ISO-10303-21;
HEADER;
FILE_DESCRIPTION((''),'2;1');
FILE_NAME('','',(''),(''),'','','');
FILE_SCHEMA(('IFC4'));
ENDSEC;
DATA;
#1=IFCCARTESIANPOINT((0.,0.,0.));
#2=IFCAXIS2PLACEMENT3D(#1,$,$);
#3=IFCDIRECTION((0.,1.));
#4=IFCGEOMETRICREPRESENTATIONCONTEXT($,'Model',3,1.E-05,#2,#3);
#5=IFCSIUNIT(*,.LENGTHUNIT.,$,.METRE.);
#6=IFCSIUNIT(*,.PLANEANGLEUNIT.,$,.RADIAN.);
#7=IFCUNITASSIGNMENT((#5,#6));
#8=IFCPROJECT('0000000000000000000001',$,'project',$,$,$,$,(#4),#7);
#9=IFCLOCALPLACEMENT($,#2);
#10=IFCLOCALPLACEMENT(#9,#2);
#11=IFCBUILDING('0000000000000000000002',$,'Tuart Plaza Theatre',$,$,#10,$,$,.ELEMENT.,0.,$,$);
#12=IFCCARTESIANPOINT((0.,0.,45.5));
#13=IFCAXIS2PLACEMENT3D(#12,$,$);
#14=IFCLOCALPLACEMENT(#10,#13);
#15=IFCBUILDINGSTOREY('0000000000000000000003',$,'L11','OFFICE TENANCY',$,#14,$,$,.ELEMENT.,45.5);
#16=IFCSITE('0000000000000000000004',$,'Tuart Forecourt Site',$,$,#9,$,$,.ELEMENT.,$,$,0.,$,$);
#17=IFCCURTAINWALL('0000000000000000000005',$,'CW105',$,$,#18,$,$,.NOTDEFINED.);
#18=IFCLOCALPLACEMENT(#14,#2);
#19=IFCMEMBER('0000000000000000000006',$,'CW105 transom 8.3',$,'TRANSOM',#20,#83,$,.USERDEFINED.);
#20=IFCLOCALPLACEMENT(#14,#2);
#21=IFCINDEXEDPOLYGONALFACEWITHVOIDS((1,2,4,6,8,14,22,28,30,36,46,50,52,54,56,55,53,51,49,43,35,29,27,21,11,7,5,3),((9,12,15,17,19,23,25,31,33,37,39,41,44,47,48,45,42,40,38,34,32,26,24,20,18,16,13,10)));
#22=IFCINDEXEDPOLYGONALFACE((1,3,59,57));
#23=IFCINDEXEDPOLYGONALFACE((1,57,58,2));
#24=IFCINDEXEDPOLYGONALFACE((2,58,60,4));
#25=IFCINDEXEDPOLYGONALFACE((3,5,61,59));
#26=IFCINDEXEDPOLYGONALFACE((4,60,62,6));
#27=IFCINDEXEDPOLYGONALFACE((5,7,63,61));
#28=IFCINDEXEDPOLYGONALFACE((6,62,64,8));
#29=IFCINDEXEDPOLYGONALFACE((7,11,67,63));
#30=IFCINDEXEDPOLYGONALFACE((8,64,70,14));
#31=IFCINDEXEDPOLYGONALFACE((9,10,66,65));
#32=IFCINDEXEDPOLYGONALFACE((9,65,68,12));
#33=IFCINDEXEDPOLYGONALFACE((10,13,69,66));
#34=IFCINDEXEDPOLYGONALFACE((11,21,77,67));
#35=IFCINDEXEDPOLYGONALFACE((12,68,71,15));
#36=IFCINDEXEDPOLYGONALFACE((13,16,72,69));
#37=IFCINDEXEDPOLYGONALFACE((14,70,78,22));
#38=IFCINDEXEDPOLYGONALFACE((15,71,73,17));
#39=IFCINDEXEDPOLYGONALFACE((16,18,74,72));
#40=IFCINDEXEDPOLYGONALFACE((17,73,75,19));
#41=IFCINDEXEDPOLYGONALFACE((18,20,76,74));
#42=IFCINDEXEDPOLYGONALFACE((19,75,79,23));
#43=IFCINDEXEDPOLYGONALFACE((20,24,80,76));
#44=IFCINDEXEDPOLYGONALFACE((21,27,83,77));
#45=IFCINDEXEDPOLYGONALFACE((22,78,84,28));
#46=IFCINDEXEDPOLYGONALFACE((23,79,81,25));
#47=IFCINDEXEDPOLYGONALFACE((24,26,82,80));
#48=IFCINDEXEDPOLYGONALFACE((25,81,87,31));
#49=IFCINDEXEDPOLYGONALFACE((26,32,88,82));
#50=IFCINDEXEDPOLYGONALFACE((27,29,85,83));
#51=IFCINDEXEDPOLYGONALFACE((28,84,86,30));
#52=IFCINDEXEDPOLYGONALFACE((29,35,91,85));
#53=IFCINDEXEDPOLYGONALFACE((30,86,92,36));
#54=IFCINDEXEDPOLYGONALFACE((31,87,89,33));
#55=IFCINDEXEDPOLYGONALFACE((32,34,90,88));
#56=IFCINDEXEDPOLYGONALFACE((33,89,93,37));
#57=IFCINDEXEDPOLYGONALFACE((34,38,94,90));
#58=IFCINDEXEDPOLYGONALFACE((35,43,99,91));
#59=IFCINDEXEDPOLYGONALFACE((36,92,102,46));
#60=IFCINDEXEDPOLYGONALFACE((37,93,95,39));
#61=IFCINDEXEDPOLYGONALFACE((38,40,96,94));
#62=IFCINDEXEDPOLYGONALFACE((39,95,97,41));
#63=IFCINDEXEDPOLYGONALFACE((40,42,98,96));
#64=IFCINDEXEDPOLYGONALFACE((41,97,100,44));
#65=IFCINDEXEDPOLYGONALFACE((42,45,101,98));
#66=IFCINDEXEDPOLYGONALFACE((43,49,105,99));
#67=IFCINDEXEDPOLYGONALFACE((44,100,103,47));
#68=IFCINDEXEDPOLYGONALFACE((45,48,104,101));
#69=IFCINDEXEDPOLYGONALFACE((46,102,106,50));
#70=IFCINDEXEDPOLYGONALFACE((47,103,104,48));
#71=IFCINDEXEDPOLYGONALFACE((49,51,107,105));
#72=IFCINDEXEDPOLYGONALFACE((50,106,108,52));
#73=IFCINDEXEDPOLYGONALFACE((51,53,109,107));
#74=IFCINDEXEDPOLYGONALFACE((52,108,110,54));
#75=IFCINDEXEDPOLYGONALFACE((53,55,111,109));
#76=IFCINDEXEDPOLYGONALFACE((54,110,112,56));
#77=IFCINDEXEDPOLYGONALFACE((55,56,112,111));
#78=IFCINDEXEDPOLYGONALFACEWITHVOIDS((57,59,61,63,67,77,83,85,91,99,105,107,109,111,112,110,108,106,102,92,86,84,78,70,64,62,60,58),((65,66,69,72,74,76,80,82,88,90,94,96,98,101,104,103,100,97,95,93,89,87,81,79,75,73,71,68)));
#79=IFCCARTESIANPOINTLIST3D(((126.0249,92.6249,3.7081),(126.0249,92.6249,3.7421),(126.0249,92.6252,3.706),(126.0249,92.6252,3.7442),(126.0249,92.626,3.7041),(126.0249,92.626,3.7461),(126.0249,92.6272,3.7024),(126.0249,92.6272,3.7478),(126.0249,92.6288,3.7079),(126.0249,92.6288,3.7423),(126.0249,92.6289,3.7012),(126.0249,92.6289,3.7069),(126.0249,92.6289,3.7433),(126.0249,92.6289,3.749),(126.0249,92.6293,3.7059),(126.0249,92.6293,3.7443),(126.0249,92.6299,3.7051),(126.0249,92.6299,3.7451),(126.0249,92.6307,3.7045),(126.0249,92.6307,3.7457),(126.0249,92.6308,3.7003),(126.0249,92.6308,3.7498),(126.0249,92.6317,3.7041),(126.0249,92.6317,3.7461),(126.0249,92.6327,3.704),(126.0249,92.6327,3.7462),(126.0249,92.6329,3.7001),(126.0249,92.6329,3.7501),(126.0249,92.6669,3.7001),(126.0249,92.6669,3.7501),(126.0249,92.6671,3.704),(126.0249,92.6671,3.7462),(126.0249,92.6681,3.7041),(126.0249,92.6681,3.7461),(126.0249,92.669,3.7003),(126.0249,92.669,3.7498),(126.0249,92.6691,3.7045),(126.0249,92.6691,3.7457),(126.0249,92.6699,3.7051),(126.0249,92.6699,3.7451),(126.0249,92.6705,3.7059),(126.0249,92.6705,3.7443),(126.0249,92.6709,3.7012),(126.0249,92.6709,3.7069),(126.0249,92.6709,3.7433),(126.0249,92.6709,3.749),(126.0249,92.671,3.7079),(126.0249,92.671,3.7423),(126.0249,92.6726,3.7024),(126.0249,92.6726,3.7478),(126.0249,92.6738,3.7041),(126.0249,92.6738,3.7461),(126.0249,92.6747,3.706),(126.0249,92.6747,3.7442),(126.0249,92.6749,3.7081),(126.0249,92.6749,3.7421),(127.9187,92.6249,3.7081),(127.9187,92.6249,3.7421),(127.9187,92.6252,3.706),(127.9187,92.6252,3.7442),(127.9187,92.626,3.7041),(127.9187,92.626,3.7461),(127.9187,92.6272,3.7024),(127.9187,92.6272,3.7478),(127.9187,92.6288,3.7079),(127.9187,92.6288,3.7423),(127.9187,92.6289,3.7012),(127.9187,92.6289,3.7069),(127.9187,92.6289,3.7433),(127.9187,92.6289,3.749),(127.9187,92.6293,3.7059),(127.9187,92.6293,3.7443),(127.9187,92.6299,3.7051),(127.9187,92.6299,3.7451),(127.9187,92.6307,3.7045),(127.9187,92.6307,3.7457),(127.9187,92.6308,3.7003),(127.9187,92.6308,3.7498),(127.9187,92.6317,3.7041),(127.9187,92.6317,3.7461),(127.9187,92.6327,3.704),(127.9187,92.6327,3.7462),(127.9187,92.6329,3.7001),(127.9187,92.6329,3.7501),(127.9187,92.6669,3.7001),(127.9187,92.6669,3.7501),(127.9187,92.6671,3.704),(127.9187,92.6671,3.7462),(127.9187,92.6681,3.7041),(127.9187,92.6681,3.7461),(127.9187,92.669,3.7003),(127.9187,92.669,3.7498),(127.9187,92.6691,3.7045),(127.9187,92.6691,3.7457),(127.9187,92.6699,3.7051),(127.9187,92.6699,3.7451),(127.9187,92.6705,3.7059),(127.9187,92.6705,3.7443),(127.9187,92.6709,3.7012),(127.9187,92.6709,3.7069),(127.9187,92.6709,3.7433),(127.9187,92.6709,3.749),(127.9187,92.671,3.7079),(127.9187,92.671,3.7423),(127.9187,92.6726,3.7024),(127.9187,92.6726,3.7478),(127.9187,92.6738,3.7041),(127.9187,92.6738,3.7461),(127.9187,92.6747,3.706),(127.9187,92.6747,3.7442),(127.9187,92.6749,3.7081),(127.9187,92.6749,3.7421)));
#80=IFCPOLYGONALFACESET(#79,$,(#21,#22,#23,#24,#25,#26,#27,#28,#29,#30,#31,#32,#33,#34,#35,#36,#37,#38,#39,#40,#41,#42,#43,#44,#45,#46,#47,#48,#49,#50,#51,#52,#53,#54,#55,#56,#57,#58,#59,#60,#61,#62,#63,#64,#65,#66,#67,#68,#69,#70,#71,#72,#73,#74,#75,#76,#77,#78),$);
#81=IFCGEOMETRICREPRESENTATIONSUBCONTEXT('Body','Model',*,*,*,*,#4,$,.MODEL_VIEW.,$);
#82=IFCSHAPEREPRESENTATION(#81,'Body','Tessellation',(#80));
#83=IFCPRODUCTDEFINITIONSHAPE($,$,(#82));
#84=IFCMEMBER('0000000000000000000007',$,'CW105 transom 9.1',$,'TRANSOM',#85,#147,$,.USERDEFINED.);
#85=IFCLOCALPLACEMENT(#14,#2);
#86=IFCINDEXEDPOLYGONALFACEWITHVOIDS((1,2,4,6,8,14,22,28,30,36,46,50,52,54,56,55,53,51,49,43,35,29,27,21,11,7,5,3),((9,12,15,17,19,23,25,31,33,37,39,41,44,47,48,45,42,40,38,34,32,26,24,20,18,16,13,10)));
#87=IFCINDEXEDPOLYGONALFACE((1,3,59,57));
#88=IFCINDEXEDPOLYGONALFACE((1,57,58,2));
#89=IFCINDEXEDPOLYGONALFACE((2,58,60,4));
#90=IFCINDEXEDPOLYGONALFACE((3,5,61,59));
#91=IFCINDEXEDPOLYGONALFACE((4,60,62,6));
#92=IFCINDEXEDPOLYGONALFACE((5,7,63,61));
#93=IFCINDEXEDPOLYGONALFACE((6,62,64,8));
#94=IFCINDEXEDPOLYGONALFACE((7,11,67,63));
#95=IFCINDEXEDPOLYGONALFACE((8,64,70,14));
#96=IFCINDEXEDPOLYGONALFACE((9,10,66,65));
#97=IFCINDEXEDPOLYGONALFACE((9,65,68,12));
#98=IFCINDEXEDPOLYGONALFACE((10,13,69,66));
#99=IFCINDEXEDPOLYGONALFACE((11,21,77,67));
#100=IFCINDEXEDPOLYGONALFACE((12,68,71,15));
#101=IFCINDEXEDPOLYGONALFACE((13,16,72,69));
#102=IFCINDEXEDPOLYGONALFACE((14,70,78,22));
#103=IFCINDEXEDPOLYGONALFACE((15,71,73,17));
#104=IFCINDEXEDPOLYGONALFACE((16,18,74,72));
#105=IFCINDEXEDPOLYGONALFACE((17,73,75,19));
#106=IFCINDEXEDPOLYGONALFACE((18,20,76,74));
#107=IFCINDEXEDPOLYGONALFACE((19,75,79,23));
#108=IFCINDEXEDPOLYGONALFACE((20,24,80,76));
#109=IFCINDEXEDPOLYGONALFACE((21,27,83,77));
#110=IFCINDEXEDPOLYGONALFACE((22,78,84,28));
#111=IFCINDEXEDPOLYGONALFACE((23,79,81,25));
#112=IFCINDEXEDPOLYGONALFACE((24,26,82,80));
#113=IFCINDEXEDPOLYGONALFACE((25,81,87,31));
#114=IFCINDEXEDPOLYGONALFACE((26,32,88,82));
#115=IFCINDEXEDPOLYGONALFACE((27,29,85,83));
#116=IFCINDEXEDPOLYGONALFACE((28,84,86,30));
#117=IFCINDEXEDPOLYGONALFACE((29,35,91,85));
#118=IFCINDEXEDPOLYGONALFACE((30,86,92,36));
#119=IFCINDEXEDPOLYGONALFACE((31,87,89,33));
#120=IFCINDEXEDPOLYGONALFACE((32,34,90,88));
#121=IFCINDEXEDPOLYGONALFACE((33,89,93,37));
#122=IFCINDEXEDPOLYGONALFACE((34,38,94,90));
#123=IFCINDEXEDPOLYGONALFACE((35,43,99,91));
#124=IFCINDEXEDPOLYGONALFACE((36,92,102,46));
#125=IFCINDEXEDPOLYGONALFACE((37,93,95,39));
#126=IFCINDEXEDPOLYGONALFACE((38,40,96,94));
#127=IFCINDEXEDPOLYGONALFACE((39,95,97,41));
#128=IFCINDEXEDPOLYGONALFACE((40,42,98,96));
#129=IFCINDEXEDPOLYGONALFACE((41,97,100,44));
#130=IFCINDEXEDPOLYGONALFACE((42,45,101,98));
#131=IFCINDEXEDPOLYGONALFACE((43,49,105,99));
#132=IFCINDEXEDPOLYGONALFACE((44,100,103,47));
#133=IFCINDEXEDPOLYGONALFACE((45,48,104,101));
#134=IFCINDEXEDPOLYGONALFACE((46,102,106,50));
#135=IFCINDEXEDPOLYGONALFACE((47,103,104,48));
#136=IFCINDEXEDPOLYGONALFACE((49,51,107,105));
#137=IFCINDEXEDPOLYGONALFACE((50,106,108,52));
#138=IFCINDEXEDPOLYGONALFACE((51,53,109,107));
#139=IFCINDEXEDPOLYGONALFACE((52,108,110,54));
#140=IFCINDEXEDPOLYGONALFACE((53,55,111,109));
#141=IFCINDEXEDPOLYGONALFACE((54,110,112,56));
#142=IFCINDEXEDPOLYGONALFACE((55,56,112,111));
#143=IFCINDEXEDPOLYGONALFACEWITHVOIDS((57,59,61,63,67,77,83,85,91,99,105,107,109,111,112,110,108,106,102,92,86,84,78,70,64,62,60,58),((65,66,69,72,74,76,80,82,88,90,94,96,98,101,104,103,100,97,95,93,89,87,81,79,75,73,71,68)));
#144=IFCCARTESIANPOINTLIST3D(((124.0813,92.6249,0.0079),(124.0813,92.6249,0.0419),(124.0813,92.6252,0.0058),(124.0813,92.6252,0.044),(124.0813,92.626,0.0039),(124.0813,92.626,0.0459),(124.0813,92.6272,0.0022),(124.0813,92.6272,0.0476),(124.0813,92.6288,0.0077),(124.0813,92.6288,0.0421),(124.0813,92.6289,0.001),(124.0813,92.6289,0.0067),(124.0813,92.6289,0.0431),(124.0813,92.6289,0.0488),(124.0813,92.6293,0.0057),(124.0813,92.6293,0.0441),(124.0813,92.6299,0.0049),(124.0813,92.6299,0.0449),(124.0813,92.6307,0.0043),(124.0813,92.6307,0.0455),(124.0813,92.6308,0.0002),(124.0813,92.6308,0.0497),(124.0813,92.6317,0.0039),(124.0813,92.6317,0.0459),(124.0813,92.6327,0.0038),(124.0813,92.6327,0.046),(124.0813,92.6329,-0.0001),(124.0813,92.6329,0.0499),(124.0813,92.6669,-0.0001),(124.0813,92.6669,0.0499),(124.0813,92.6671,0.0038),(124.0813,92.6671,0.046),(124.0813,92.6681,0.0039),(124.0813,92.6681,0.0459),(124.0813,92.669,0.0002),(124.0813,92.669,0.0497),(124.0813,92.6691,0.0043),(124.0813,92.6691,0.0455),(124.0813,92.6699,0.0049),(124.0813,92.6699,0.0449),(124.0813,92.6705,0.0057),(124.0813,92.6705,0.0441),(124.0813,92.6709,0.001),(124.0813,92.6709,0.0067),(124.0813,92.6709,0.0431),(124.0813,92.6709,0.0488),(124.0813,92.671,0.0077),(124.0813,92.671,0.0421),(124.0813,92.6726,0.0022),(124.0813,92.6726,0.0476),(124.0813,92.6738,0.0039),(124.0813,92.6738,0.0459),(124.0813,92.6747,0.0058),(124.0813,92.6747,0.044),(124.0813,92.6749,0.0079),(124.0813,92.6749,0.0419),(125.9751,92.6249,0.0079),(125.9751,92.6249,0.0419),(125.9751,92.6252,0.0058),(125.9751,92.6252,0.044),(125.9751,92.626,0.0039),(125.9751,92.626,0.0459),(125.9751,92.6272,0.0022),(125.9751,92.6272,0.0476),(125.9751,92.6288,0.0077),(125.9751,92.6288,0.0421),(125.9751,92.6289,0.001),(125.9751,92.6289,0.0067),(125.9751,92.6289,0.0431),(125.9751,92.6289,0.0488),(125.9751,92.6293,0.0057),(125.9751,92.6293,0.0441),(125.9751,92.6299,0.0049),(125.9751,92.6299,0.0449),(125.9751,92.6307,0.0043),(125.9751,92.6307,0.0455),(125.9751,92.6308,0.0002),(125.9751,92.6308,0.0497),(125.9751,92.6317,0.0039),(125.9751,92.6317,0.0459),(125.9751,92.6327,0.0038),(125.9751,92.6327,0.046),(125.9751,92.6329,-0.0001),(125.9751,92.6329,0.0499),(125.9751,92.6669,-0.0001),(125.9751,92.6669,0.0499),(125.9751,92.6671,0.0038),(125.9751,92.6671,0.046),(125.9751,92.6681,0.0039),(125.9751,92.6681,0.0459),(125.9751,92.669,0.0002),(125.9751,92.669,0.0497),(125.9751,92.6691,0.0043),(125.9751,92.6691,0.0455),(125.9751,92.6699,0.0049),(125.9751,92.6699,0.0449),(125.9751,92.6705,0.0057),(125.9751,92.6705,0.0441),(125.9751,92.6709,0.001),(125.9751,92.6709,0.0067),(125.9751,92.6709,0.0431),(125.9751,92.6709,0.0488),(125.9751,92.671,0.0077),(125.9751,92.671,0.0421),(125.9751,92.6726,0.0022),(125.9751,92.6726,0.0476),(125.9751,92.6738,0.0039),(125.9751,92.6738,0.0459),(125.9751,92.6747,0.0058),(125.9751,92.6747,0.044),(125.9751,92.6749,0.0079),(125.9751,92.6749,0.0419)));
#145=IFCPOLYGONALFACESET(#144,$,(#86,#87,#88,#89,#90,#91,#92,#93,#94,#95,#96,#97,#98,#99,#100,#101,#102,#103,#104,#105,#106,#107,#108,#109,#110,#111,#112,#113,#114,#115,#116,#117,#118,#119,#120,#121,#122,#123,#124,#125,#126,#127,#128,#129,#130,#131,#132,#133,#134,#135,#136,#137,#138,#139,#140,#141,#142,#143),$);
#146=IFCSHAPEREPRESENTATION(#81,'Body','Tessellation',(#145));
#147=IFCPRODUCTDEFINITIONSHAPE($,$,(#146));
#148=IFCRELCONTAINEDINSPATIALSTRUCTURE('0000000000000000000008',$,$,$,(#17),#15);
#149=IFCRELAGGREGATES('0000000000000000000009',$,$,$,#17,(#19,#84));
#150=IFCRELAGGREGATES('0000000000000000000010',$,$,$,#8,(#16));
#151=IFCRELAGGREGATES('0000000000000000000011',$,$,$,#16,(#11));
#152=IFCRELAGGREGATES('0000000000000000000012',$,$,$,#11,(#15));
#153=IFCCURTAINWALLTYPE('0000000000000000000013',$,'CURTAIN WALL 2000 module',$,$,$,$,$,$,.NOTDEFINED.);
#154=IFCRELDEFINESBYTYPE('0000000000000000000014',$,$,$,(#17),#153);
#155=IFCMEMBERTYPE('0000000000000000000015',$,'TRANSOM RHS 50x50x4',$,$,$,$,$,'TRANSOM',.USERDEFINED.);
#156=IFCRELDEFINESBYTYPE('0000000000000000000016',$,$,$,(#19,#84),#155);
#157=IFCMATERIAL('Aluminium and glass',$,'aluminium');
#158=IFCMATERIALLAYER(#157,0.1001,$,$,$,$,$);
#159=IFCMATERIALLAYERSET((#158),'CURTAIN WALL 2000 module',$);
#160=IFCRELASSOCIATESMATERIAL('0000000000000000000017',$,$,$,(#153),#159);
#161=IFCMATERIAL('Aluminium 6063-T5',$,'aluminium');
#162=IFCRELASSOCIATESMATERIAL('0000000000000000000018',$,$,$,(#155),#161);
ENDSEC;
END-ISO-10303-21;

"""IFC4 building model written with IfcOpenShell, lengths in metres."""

from ifc_helpers import new_model, si_unit, direction, frame, origin, origin_2d, place, context, subcontext, project, spatial, hollow_rectangle, extrude, material, layer, layer_set, material_profile, profile_set, type_object, element, aggregate, save


model = new_model("IFC4")

# Units and contexts
model_context = context("Model", 3, precision=1e-05, world=origin(), true_north=direction((0.0, 1.0)))
body_context = subcontext(model_context, "Body", "Model", "MODEL_VIEW")
ifc_project = project(units=[si_unit("LENGTHUNIT", "METRE"), si_unit("PLANEANGLEUNIT", "RADIAN")], contexts=[model_context])

# Site, building, storey
site_placement = place(None, origin())
site = spatial("IfcSite", under=ifc_project, at=site_placement, Name="Tuart Forecourt Site", CompositionType="ELEMENT", RefElevation=0.0)
building_placement = place(site_placement, origin())
building = spatial("IfcBuilding", under=site, at=building_placement, Name="Tuart Plaza Theatre", CompositionType="ELEMENT", ElevationOfRefHeight=0.0)
storey_placement = place(building_placement, frame((0.0, 0.0, 45.5)))
storey = spatial("IfcBuildingStorey", under=building, at=storey_placement, Name="L11", Description="OFFICE TENANCY", CompositionType="ELEMENT", Elevation=45.5)

# Curtain wall, members
ifc_material_1 = material(Name="Aluminium and glass", Category="aluminium")
ifc_layer_1 = layer(ifc_material_1, 0.1001)
ifc_layer_set_1 = layer_set([ifc_layer_1], Name="CURTAIN WALL 2000 module")
curtain_wall_type = type_object("IfcCurtainWallType", Name="CURTAIN WALL 2000 module", PredefinedType="NOTDEFINED", material=ifc_layer_set_1)
curtain_wall_placement = place(storey_placement, origin())
curtain_wall = element("IfcCurtainWall", 1, at=curtain_wall_placement, inside=storey, type_object=curtain_wall_type, Name="CW105", PredefinedType="NOTDEFINED")
ifc_material_2 = material(Name="Aluminium 6063-T5", Category="aluminium")
ifc_material_profile_1 = material_profile(ifc_material_2, hollow_rectangle(XDim=0.05, YDim=0.05, WallThickness=0.0039, InnerFilletRadius=0.0039, OuterFilletRadius=0.0081, at=origin_2d()), Name="RHS 50x50x4")
ifc_profile_set_1 = profile_set([ifc_material_profile_1], Name="Aluminium 6063-T5")
member_type_1 = type_object("IfcMemberType", Name="TRANSOM RHS 50x50x4", ElementType="TRANSOM", PredefinedType="USERDEFINED", material=ifc_profile_set_1)
member_1_placement = place(storey_placement, frame((127.9187, 92.6499, 3.7251), z_axis=(-1.0, 0.0, 0.0), x_axis=(0.0, -1.0, 0.0)))
member_1 = element("IfcMember", 2, at=member_1_placement, type_object=member_type_1, Name="CW105 transom 8.3", ObjectType="TRANSOM", PredefinedType="USERDEFINED", context=body_context, shape_type="SweptSolid", body=[
    extrude(hollow_rectangle(XDim=0.05, YDim=0.05, WallThickness=0.0039, InnerFilletRadius=0.0039, OuterFilletRadius=0.0081, at=origin_2d()), origin(), (0.0, 0.0, 1.0), 1.8938),
])
member_2_placement = place(storey_placement, frame((125.9751, 92.6499, 0.0249), z_axis=(-1.0, 0.0, 0.0), x_axis=(0.0, -1.0, 0.0)))
member_2 = element("IfcMember", 3, at=member_2_placement, type_object=member_type_1, Name="CW105 transom 9.1", ObjectType="TRANSOM", PredefinedType="USERDEFINED", context=body_context, shape_type="SweptSolid", body=[
    extrude(hollow_rectangle(XDim=0.05, YDim=0.05, WallThickness=0.0039, InnerFilletRadius=0.0039, OuterFilletRadius=0.0081, at=origin_2d()), origin(), (0.0, 0.0, 1.0), 1.8938),
])
aggregate(curtain_wall, [member_1, member_2])

save(model, "model.ifc")
